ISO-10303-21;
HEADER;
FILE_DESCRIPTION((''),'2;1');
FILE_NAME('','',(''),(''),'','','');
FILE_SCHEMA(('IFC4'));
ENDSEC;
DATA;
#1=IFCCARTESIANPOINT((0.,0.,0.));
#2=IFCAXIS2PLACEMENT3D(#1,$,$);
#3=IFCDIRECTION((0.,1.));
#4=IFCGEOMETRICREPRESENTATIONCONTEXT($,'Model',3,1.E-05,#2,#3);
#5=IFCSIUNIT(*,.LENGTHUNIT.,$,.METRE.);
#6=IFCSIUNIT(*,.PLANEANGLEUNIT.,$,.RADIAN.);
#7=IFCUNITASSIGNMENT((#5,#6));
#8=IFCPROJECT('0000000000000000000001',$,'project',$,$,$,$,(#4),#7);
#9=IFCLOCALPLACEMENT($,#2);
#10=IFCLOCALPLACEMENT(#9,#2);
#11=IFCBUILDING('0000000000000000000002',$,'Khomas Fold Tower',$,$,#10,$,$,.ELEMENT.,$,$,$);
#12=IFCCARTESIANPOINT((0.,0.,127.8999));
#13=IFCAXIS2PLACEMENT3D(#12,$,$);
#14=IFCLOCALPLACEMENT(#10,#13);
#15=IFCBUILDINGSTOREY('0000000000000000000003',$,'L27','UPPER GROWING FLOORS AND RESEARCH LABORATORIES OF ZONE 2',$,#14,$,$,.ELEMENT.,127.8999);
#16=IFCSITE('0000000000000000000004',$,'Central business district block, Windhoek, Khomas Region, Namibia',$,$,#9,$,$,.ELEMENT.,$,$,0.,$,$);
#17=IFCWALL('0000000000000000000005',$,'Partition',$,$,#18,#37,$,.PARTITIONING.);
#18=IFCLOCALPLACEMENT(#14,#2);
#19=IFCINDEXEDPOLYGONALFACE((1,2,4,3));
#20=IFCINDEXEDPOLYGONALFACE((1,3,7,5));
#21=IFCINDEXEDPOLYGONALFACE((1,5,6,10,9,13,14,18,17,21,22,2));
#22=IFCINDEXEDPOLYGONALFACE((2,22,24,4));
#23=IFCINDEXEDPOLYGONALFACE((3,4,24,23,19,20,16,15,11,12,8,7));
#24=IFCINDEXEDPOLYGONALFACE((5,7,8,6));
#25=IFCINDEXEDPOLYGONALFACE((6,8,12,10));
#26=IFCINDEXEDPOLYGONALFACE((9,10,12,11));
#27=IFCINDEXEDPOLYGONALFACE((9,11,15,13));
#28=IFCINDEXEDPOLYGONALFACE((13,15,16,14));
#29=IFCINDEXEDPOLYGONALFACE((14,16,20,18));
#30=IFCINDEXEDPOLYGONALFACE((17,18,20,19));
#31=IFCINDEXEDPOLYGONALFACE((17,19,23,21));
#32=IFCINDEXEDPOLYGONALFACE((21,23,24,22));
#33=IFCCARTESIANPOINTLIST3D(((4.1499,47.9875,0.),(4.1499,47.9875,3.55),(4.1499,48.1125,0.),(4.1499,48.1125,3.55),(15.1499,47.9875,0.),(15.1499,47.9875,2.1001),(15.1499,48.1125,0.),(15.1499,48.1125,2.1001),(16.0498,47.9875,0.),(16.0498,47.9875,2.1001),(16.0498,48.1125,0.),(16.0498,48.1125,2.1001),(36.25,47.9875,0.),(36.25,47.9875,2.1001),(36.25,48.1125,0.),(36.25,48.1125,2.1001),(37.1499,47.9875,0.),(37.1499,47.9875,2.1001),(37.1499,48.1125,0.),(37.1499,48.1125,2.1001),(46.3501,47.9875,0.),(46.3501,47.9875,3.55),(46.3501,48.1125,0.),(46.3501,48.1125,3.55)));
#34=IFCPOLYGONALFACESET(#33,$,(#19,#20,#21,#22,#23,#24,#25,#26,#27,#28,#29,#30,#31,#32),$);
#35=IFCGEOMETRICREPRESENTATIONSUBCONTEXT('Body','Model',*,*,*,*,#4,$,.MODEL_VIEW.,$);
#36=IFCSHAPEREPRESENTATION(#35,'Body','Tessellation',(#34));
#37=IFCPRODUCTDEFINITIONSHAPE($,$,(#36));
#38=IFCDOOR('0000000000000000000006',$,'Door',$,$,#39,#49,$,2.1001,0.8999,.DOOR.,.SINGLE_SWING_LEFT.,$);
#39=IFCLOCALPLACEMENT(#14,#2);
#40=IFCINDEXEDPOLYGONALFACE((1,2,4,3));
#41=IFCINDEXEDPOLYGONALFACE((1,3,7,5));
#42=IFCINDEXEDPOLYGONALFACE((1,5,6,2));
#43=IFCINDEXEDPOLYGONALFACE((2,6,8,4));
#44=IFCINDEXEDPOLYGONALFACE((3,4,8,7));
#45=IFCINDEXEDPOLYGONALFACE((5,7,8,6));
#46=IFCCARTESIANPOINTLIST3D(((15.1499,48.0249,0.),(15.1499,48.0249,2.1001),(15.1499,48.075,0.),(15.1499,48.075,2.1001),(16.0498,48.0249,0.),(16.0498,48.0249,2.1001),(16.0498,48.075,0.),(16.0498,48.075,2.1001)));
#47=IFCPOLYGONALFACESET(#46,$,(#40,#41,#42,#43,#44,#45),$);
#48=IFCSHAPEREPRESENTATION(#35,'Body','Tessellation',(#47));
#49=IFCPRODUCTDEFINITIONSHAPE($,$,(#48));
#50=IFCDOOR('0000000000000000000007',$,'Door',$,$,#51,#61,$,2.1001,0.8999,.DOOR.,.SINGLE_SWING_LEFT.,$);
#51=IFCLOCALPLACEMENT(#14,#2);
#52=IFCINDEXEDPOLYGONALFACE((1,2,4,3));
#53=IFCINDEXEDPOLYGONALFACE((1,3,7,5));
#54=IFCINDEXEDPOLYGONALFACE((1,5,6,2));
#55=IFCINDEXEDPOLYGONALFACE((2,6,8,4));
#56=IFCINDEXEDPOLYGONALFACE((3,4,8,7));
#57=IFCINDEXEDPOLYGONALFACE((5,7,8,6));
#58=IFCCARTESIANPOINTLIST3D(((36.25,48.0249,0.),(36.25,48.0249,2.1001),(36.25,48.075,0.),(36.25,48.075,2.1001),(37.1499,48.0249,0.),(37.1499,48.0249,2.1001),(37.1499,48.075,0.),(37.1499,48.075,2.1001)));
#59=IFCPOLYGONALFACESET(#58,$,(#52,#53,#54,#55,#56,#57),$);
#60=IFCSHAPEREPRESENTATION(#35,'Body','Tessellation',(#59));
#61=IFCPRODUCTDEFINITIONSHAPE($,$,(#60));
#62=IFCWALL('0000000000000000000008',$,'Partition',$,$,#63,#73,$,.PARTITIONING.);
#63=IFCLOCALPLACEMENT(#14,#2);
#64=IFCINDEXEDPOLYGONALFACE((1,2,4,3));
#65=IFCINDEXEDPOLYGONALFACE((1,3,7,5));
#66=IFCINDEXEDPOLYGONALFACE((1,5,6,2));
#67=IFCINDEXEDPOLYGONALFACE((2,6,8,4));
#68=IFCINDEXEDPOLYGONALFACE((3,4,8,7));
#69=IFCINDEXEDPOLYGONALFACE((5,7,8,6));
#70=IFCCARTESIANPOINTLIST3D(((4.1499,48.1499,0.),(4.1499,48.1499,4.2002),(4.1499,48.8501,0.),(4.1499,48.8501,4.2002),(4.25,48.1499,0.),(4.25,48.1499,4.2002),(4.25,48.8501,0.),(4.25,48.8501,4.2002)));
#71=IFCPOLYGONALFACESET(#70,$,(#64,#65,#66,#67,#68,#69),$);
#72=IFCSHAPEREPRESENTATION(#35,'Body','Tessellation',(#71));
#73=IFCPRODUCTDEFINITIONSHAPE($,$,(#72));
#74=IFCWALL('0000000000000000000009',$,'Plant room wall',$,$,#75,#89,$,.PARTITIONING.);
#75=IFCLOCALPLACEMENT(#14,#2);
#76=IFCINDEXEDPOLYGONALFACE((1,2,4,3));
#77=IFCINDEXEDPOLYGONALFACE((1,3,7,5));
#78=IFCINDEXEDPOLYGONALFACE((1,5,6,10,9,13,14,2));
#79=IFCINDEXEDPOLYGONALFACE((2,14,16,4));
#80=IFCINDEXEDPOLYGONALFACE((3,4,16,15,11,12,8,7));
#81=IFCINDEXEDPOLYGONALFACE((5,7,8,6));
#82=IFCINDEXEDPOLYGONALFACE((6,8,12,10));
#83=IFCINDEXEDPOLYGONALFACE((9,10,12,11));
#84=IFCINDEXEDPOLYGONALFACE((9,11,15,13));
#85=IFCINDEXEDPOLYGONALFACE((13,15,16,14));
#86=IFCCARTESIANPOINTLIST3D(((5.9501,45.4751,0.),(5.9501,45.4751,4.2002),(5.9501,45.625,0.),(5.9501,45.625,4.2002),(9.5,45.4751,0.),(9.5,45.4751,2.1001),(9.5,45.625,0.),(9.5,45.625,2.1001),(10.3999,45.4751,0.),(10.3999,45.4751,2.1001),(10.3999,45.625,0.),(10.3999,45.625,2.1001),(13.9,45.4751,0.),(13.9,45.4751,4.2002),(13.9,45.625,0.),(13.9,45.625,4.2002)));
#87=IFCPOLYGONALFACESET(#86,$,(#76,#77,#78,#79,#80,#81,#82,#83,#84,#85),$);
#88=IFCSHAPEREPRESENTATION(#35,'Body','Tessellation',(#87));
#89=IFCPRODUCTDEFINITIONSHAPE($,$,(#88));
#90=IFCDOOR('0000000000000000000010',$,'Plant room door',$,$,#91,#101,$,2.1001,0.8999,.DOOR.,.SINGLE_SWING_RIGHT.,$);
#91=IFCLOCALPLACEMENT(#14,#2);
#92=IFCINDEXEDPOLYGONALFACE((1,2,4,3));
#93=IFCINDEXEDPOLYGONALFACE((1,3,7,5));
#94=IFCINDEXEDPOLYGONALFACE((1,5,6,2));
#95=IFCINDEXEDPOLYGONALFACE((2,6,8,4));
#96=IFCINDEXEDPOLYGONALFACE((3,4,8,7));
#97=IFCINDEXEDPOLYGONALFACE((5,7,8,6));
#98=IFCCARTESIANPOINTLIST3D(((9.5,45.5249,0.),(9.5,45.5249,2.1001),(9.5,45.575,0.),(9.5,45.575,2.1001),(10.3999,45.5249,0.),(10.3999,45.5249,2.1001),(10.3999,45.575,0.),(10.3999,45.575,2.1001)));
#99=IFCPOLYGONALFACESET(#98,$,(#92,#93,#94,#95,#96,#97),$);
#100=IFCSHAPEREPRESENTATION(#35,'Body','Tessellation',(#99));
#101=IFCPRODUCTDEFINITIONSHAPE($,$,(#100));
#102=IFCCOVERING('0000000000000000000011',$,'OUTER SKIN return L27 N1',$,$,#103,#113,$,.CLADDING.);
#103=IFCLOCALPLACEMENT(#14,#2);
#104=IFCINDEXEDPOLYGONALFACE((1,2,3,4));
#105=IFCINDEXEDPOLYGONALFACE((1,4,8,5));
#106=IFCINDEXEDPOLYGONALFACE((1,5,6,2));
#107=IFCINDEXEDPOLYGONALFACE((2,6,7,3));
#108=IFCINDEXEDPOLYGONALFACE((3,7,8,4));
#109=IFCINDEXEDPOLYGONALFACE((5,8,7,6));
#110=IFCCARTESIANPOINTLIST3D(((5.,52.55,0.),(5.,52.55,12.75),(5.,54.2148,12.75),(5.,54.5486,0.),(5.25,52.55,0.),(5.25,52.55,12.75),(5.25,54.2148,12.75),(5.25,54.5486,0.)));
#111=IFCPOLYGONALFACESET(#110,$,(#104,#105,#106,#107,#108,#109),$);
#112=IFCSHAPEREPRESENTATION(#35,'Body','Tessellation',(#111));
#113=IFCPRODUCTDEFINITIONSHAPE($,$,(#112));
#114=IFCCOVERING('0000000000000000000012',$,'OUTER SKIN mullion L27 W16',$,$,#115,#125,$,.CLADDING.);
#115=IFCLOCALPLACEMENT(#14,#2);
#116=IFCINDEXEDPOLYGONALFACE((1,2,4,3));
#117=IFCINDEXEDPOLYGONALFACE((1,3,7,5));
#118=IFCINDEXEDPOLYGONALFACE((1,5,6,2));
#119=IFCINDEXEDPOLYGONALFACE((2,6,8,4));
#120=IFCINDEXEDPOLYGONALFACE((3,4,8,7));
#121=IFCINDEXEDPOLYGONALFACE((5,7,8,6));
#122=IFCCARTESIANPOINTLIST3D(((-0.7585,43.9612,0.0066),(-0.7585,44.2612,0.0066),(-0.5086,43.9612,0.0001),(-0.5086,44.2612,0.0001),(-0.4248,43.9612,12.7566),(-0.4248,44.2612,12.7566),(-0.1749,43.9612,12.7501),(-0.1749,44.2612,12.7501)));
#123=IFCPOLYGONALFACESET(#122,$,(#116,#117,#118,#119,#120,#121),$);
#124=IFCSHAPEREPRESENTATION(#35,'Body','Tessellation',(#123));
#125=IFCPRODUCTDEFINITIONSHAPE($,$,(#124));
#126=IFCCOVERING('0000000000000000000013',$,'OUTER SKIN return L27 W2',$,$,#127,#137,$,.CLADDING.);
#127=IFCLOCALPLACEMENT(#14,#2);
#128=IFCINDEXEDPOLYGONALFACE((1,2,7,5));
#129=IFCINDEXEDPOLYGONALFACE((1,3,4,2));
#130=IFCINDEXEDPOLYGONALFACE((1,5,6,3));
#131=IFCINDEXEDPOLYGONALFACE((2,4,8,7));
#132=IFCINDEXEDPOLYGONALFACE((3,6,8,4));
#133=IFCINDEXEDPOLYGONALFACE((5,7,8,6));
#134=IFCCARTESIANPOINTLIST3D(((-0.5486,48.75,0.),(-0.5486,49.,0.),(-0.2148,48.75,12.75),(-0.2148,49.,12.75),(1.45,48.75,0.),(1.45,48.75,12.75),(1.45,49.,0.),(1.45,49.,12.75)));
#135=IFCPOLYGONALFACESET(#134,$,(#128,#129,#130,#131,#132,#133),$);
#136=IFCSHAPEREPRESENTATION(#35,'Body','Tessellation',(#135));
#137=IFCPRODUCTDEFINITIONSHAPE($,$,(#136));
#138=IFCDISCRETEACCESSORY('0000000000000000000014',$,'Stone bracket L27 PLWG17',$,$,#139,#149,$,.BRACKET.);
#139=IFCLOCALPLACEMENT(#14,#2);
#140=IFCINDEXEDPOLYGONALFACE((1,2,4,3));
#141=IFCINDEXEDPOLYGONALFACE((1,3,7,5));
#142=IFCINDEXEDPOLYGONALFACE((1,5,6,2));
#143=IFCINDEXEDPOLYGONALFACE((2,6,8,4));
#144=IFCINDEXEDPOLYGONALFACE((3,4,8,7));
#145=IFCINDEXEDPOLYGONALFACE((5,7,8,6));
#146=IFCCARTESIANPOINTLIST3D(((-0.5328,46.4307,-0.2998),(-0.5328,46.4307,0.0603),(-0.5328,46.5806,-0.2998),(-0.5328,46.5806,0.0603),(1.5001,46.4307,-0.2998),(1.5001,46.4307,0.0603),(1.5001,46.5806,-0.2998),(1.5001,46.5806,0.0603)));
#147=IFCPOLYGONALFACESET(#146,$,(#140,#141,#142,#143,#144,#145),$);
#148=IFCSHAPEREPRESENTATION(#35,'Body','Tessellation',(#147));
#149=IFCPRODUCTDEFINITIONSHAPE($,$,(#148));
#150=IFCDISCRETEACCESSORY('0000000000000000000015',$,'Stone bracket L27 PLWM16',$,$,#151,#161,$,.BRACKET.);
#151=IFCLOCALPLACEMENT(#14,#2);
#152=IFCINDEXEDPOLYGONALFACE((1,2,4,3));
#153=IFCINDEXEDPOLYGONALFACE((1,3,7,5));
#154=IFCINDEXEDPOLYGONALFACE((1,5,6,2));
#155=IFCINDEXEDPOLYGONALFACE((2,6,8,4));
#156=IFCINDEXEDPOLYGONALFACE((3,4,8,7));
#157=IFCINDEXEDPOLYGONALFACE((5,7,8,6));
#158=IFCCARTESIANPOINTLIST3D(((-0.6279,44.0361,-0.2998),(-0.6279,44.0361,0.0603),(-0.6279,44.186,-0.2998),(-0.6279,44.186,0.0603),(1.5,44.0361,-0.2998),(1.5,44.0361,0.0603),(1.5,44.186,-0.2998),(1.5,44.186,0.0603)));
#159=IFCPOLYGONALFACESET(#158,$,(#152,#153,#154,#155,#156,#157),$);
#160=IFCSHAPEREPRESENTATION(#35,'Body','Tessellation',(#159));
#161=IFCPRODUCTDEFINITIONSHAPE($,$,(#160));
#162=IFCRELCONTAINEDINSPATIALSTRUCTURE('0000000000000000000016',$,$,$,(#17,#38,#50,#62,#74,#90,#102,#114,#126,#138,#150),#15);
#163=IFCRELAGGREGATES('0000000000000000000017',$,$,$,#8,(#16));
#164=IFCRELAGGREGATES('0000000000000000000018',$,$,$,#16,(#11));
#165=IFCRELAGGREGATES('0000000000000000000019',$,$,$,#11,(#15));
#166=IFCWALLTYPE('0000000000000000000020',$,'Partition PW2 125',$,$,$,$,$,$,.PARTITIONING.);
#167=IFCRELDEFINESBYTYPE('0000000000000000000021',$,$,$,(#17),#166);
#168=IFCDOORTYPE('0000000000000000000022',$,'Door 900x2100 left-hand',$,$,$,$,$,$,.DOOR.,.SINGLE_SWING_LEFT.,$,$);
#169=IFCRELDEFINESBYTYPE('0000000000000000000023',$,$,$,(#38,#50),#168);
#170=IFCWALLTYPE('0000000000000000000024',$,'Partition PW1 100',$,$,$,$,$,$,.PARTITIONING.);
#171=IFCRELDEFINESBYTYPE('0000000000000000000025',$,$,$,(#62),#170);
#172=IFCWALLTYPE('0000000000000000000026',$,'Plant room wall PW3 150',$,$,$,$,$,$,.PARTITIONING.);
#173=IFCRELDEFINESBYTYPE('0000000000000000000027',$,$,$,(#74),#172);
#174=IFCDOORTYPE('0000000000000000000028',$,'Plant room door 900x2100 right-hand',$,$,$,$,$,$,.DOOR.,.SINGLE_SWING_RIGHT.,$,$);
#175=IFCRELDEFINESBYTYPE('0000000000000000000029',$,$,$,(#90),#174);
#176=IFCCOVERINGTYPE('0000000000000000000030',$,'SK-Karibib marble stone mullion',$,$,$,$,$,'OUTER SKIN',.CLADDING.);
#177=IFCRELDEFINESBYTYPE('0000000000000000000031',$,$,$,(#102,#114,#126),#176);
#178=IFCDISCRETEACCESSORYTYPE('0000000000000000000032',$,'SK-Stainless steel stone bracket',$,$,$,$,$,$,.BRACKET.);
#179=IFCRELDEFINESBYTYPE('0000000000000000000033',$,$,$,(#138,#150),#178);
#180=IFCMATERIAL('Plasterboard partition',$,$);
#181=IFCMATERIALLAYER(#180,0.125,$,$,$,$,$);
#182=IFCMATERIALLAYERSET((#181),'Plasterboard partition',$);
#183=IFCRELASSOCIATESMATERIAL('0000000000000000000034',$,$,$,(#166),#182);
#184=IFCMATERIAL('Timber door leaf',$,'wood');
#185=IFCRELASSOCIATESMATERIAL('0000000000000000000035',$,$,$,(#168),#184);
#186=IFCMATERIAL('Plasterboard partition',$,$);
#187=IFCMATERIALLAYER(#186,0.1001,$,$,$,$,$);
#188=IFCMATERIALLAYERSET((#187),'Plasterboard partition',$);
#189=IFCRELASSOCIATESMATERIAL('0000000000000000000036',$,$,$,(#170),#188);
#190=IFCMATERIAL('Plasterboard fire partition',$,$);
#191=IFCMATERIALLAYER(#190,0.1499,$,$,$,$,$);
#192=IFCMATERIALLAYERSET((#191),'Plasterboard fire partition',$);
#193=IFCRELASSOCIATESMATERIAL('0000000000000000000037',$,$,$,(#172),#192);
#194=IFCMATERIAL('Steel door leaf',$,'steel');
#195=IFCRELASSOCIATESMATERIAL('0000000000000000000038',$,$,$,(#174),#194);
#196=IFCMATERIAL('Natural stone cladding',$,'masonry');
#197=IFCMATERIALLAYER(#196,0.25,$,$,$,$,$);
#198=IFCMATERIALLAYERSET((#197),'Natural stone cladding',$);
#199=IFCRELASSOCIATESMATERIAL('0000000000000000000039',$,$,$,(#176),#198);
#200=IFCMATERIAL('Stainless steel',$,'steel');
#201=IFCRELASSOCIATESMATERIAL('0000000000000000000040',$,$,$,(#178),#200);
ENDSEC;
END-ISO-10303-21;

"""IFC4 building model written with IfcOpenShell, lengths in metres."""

from ifc_helpers import new_model, si_unit, direction, frame, frame_2d, origin, origin_2d, place, context, subcontext, project, spatial, polyline, rectangle, outline, extrude, source, transform, mapped, material, layer, layer_set, type_object, element, fill, save


model = new_model("IFC4")

# Units and contexts
model_context = context("Model", 3, precision=1e-05, world=origin(), true_north=direction((0.0, 1.0)))
body_context = subcontext(model_context, "Body", "Model", "MODEL_VIEW")
ifc_project = project(units=[si_unit("LENGTHUNIT", "METRE"), si_unit("PLANEANGLEUNIT", "RADIAN")], contexts=[model_context])

# Site, building, storey
site_placement = place(None, origin())
site = spatial("IfcSite", under=ifc_project, at=site_placement, Name="Central business district block, Windhoek, Khomas Region, Namibia", CompositionType="ELEMENT", RefElevation=0.0)
building_placement = place(site_placement, origin())
building = spatial("IfcBuilding", under=site, at=building_placement, Name="Khomas Fold Tower", CompositionType="ELEMENT")
storey_placement = place(building_placement, frame((0.0, 0.0, 127.8999)))
storey = spatial("IfcBuildingStorey", under=building, at=storey_placement, Name="L27", Description="UPPER GROWING FLOORS AND RESEARCH LABORATORIES OF ZONE 2", CompositionType="ELEMENT", Elevation=127.8999)

# Wall, openings, doors
ifc_material_1 = material(Name="Plasterboard partition")
ifc_layer_1 = layer(ifc_material_1, 0.125)
ifc_layer_set_1 = layer_set([ifc_layer_1], Name="Plasterboard partition")
wall_type_1 = type_object("IfcWallType", Name="Partition PW2 125", PredefinedType="PARTITIONING", material=ifc_layer_set_1)
shared_shape_1 = source(origin(), body_context, "Body", "SweptSolid", [
    extrude(rectangle(XDim=42.2002, YDim=0.125, at=frame_2d((21.1001, 0.0))), origin(), (0.0, 0.0, 1.0), 3.55),
])
wall_1_placement = place(storey_placement, frame((4.1499, 48.05, 0.0), z_axis=(0.0, 0.0, 1.0), x_axis=(1.0, 0.0, 0.0)))
wall_1 = element("IfcWall", 1, at=wall_1_placement, inside=storey, type_object=wall_type_1, Name="Partition", PredefinedType="PARTITIONING", context=body_context, shape_type="MappedRepresentation", body=[
    mapped(shared_shape_1, transform((0.0, 0.0, 0.0))),
])
shared_shape_2 = source(origin(), body_context, "Body", "SweptSolid", [
    extrude(rectangle(XDim=0.8999, YDim=2.1001, at=frame_2d((0.45, 1.05))), frame((0.0, 0.0725, 0.0), z_axis=(0.0, -1.0, 0.0), x_axis=(1.0, 0.0, 0.0)), (0.0, 0.0, 1.0), 0.145),
])
opening_1_placement = place(wall_1_placement, frame((11.0, 0.0, 0.0)))
opening_1 = element("IfcOpeningElement", 2, at=opening_1_placement, cuts=wall_1, PredefinedType="OPENING", context=body_context, shape_type="MappedRepresentation", body=[
    mapped(shared_shape_2, transform((0.0, 0.0, 0.0))),
])
opening_2_placement = place(wall_1_placement, frame((32.1001, 0.0, 0.0)))
opening_2 = element("IfcOpeningElement", 3, at=opening_2_placement, cuts=wall_1, PredefinedType="OPENING", context=body_context, shape_type="MappedRepresentation", body=[
    mapped(shared_shape_2, transform((0.0, 0.0, 0.0))),
])
ifc_material_2 = material(Name="Timber door leaf", Category="wood")
door_type_1 = type_object("IfcDoorType", Name="Door 900x2100 left-hand", OperationType="SINGLE_SWING_LEFT", PredefinedType="DOOR", material=ifc_material_2)
shared_shape_3 = source(origin(), body_context, "Body", "SweptSolid", [
    extrude(rectangle(XDim=0.8999, YDim=2.1001, at=frame_2d((0.45, 1.05))), frame((0.0, 0.0249, 0.0), z_axis=(0.0, -1.0, 0.0), x_axis=(1.0, 0.0, 0.0)), (0.0, 0.0, 1.0), 0.05),
])
door_1_placement = place(opening_1_placement, origin())
door_1 = element("IfcDoor", 4, at=door_1_placement, inside=storey, type_object=door_type_1, Name="Door", OperationType="SINGLE_SWING_LEFT", OverallHeight=2.1001, OverallWidth=0.8999, PredefinedType="DOOR", context=body_context, shape_type="MappedRepresentation", body=[
    mapped(shared_shape_3, transform((0.0, 0.0, 0.0))),
])
fill(opening_1, door_1)
door_2_placement = place(opening_2_placement, origin())
door_2 = element("IfcDoor", 5, at=door_2_placement, inside=storey, type_object=door_type_1, Name="Door", OperationType="SINGLE_SWING_LEFT", OverallHeight=2.1001, OverallWidth=0.8999, PredefinedType="DOOR", context=body_context, shape_type="MappedRepresentation", body=[
    mapped(shared_shape_3, transform((0.0, 0.0, 0.0))),
])
fill(opening_2, door_2)

# Wall
ifc_material_3 = material(Name="Plasterboard partition")
ifc_layer_2 = layer(ifc_material_3, 0.1001)
ifc_layer_set_2 = layer_set([ifc_layer_2], Name="Plasterboard partition")
wall_type_2 = type_object("IfcWallType", Name="Partition PW1 100", PredefinedType="PARTITIONING", material=ifc_layer_set_2)
shared_shape_4 = source(origin(), body_context, "Body", "SweptSolid", [
    extrude(rectangle(XDim=0.7002, YDim=0.1001, at=frame_2d((0.3501, 0.0))), origin(), (0.0, 0.0, 1.0), 4.2002),
])
wall_2_placement = place(storey_placement, frame((4.2, 48.1499, 0.0), z_axis=(0.0, 0.0, 1.0), x_axis=(0.0, 1.0, 0.0)))
element("IfcWall", 6, at=wall_2_placement, inside=storey, type_object=wall_type_2, Name="Partition", PredefinedType="PARTITIONING", context=body_context, shape_type="MappedRepresentation", body=[
    mapped(shared_shape_4, transform((0.0, 0.0, 0.0))),
])

# Wall, opening, door
ifc_material_4 = material(Name="Plasterboard fire partition")
ifc_layer_3 = layer(ifc_material_4, 0.1499)
ifc_layer_set_3 = layer_set([ifc_layer_3], Name="Plasterboard fire partition")
wall_type_3 = type_object("IfcWallType", Name="Plant room wall PW3 150", PredefinedType="PARTITIONING", material=ifc_layer_set_3)
shared_shape_5 = source(origin(), body_context, "Body", "SweptSolid", [
    extrude(rectangle(XDim=7.95, YDim=0.1499, at=frame_2d((3.9751, 0.0))), origin(), (0.0, 0.0, 1.0), 4.2002),
])
wall_3_placement = place(storey_placement, frame((5.95, 45.55, 0.0), z_axis=(0.0, 0.0, 1.0), x_axis=(1.0, 0.0, 0.0)))
wall_3 = element("IfcWall", 7, at=wall_3_placement, inside=storey, type_object=wall_type_3, Name="Plant room wall", PredefinedType="PARTITIONING", context=body_context, shape_type="MappedRepresentation", body=[
    mapped(shared_shape_5, transform((0.0, 0.0, 0.0))),
])
shared_shape_6 = source(origin(), body_context, "Body", "SweptSolid", [
    extrude(rectangle(XDim=0.8999, YDim=2.1001, at=frame_2d((0.45, 1.05))), frame((0.0, 0.085, 0.0), z_axis=(0.0, -1.0, 0.0), x_axis=(1.0, 0.0, 0.0)), (0.0, 0.0, 1.0), 0.1699),
])
opening_3_placement = place(wall_3_placement, frame((3.55, 0.0, 0.0)))
opening_3 = element("IfcOpeningElement", 8, at=opening_3_placement, cuts=wall_3, PredefinedType="OPENING", context=body_context, shape_type="MappedRepresentation", body=[
    mapped(shared_shape_6, transform((0.0, 0.0, 0.0))),
])
ifc_material_5 = material(Name="Steel door leaf", Category="steel")
door_type_2 = type_object("IfcDoorType", Name="Plant room door 900x2100 right-hand", OperationType="SINGLE_SWING_RIGHT", PredefinedType="DOOR", material=ifc_material_5)
door_3_placement = place(opening_3_placement, origin())
door_3 = element("IfcDoor", 9, at=door_3_placement, inside=storey, type_object=door_type_2, Name="Plant room door", OperationType="SINGLE_SWING_RIGHT", OverallHeight=2.1001, OverallWidth=0.8999, PredefinedType="DOOR", context=body_context, shape_type="MappedRepresentation", body=[
    mapped(shared_shape_3, transform((0.0, 0.0, 0.0))),
])
fill(opening_3, door_3)

# Coverings
ifc_material_6 = material(Name="Natural stone cladding", Category="masonry")
ifc_layer_4 = layer(ifc_material_6, 0.25)
ifc_layer_set_4 = layer_set([ifc_layer_4], Name="Natural stone cladding")
covering_type = type_object("IfcCoveringType", Name="SK-Karibib marble stone mullion", ElementType="OUTER SKIN", PredefinedType="CLADDING", material=ifc_layer_set_4)
covering_1_placement = place(storey_placement, frame((5.0, 52.55, 12.75), z_axis=(-1.0, 0.0, 0.0), x_axis=(0.0, 1.0, 0.0)))
element("IfcCovering", 10, at=covering_1_placement, inside=storey, type_object=covering_type, Name="OUTER SKIN return L27 N1", PredefinedType="CLADDING", context=body_context, shape_type="SweptSolid", body=[
    extrude(outline(polyline([(0.0, 0.0), (1.6648, 0.0), (1.9985, 12.75), (0.0, 12.75), (0.0, 0.0)])), origin(), (0.0, 0.0, -1.0), 0.25),
])
covering_2_placement = place(storey_placement, frame((-0.7585, 43.9612, 0.0066), z_axis=(-0.999658, 0.0, 0.026167), x_axis=(0.0, 1.0, 0.0)))
element("IfcCovering", 11, at=covering_2_placement, inside=storey, type_object=covering_type, Name="OUTER SKIN mullion L27 W16", PredefinedType="CLADDING", context=body_context, shape_type="SweptSolid", body=[
    extrude(outline(polyline([(0.0, 0.0), (0.3, 0.0), (0.3, -12.7544), (0.0, -12.7544), (0.0, 0.0)])), origin(), (0.0, 0.0, -1.0), 0.25),
])
covering_3_placement = place(storey_placement, frame((1.45, 49.0, 0.0), z_axis=(0.0, 1.0, 0.0), x_axis=(-1.0, 0.0, 0.0)))
element("IfcCovering", 12, at=covering_3_placement, inside=storey, type_object=covering_type, Name="OUTER SKIN return L27 W2", PredefinedType="CLADDING", context=body_context, shape_type="SweptSolid", body=[
    extrude(outline(polyline([(0.0, 0.0), (1.9985, 0.0), (1.6648, 12.75), (0.0, 12.75), (0.0, 0.0)])), origin(), (0.0, 0.0, -1.0), 0.25),
])

# Discrete accessories
ifc_material_7 = material(Name="Stainless steel", Category="steel")
discrete_accessory_type = type_object("IfcDiscreteAccessoryType", Name="SK-Stainless steel stone bracket", PredefinedType="BRACKET", material=ifc_material_7)
shared_shape_7 = source(origin(), body_context, "Body", "SweptSolid", [
    extrude(rectangle(XDim=2.033, YDim=0.1499, at=origin_2d()), origin(), (0.0, 0.0, 1.0), 0.3601),
])
discrete_accessory_1_placement = place(storey_placement, frame((0.4836, 46.5056, -0.2998), z_axis=(0.0, 0.0, 1.0), x_axis=(-1.0, 0.0, 0.0)))
element("IfcDiscreteAccessory", 13, at=discrete_accessory_1_placement, inside=storey, type_object=discrete_accessory_type, Name="Stone bracket L27 PLWG17", PredefinedType="BRACKET", context=body_context, shape_type="MappedRepresentation", body=[
    mapped(shared_shape_7, transform((0.0, 0.0, 0.0))),
])
shared_shape_8 = source(origin(), body_context, "Body", "SweptSolid", [
    extrude(rectangle(XDim=2.1279, YDim=0.1499, at=origin_2d()), origin(), (0.0, 0.0, 1.0), 0.3601),
])
discrete_accessory_2_placement = place(storey_placement, frame((0.436, 44.1111, -0.2998), z_axis=(0.0, 0.0, 1.0), x_axis=(-1.0, 0.0, 0.0)))
element("IfcDiscreteAccessory", 14, at=discrete_accessory_2_placement, inside=storey, type_object=discrete_accessory_type, Name="Stone bracket L27 PLWM16", PredefinedType="BRACKET", context=body_context, shape_type="MappedRepresentation", body=[
    mapped(shared_shape_8, transform((0.0, 0.0, 0.0))),
])

save(model, "model.ifc")
